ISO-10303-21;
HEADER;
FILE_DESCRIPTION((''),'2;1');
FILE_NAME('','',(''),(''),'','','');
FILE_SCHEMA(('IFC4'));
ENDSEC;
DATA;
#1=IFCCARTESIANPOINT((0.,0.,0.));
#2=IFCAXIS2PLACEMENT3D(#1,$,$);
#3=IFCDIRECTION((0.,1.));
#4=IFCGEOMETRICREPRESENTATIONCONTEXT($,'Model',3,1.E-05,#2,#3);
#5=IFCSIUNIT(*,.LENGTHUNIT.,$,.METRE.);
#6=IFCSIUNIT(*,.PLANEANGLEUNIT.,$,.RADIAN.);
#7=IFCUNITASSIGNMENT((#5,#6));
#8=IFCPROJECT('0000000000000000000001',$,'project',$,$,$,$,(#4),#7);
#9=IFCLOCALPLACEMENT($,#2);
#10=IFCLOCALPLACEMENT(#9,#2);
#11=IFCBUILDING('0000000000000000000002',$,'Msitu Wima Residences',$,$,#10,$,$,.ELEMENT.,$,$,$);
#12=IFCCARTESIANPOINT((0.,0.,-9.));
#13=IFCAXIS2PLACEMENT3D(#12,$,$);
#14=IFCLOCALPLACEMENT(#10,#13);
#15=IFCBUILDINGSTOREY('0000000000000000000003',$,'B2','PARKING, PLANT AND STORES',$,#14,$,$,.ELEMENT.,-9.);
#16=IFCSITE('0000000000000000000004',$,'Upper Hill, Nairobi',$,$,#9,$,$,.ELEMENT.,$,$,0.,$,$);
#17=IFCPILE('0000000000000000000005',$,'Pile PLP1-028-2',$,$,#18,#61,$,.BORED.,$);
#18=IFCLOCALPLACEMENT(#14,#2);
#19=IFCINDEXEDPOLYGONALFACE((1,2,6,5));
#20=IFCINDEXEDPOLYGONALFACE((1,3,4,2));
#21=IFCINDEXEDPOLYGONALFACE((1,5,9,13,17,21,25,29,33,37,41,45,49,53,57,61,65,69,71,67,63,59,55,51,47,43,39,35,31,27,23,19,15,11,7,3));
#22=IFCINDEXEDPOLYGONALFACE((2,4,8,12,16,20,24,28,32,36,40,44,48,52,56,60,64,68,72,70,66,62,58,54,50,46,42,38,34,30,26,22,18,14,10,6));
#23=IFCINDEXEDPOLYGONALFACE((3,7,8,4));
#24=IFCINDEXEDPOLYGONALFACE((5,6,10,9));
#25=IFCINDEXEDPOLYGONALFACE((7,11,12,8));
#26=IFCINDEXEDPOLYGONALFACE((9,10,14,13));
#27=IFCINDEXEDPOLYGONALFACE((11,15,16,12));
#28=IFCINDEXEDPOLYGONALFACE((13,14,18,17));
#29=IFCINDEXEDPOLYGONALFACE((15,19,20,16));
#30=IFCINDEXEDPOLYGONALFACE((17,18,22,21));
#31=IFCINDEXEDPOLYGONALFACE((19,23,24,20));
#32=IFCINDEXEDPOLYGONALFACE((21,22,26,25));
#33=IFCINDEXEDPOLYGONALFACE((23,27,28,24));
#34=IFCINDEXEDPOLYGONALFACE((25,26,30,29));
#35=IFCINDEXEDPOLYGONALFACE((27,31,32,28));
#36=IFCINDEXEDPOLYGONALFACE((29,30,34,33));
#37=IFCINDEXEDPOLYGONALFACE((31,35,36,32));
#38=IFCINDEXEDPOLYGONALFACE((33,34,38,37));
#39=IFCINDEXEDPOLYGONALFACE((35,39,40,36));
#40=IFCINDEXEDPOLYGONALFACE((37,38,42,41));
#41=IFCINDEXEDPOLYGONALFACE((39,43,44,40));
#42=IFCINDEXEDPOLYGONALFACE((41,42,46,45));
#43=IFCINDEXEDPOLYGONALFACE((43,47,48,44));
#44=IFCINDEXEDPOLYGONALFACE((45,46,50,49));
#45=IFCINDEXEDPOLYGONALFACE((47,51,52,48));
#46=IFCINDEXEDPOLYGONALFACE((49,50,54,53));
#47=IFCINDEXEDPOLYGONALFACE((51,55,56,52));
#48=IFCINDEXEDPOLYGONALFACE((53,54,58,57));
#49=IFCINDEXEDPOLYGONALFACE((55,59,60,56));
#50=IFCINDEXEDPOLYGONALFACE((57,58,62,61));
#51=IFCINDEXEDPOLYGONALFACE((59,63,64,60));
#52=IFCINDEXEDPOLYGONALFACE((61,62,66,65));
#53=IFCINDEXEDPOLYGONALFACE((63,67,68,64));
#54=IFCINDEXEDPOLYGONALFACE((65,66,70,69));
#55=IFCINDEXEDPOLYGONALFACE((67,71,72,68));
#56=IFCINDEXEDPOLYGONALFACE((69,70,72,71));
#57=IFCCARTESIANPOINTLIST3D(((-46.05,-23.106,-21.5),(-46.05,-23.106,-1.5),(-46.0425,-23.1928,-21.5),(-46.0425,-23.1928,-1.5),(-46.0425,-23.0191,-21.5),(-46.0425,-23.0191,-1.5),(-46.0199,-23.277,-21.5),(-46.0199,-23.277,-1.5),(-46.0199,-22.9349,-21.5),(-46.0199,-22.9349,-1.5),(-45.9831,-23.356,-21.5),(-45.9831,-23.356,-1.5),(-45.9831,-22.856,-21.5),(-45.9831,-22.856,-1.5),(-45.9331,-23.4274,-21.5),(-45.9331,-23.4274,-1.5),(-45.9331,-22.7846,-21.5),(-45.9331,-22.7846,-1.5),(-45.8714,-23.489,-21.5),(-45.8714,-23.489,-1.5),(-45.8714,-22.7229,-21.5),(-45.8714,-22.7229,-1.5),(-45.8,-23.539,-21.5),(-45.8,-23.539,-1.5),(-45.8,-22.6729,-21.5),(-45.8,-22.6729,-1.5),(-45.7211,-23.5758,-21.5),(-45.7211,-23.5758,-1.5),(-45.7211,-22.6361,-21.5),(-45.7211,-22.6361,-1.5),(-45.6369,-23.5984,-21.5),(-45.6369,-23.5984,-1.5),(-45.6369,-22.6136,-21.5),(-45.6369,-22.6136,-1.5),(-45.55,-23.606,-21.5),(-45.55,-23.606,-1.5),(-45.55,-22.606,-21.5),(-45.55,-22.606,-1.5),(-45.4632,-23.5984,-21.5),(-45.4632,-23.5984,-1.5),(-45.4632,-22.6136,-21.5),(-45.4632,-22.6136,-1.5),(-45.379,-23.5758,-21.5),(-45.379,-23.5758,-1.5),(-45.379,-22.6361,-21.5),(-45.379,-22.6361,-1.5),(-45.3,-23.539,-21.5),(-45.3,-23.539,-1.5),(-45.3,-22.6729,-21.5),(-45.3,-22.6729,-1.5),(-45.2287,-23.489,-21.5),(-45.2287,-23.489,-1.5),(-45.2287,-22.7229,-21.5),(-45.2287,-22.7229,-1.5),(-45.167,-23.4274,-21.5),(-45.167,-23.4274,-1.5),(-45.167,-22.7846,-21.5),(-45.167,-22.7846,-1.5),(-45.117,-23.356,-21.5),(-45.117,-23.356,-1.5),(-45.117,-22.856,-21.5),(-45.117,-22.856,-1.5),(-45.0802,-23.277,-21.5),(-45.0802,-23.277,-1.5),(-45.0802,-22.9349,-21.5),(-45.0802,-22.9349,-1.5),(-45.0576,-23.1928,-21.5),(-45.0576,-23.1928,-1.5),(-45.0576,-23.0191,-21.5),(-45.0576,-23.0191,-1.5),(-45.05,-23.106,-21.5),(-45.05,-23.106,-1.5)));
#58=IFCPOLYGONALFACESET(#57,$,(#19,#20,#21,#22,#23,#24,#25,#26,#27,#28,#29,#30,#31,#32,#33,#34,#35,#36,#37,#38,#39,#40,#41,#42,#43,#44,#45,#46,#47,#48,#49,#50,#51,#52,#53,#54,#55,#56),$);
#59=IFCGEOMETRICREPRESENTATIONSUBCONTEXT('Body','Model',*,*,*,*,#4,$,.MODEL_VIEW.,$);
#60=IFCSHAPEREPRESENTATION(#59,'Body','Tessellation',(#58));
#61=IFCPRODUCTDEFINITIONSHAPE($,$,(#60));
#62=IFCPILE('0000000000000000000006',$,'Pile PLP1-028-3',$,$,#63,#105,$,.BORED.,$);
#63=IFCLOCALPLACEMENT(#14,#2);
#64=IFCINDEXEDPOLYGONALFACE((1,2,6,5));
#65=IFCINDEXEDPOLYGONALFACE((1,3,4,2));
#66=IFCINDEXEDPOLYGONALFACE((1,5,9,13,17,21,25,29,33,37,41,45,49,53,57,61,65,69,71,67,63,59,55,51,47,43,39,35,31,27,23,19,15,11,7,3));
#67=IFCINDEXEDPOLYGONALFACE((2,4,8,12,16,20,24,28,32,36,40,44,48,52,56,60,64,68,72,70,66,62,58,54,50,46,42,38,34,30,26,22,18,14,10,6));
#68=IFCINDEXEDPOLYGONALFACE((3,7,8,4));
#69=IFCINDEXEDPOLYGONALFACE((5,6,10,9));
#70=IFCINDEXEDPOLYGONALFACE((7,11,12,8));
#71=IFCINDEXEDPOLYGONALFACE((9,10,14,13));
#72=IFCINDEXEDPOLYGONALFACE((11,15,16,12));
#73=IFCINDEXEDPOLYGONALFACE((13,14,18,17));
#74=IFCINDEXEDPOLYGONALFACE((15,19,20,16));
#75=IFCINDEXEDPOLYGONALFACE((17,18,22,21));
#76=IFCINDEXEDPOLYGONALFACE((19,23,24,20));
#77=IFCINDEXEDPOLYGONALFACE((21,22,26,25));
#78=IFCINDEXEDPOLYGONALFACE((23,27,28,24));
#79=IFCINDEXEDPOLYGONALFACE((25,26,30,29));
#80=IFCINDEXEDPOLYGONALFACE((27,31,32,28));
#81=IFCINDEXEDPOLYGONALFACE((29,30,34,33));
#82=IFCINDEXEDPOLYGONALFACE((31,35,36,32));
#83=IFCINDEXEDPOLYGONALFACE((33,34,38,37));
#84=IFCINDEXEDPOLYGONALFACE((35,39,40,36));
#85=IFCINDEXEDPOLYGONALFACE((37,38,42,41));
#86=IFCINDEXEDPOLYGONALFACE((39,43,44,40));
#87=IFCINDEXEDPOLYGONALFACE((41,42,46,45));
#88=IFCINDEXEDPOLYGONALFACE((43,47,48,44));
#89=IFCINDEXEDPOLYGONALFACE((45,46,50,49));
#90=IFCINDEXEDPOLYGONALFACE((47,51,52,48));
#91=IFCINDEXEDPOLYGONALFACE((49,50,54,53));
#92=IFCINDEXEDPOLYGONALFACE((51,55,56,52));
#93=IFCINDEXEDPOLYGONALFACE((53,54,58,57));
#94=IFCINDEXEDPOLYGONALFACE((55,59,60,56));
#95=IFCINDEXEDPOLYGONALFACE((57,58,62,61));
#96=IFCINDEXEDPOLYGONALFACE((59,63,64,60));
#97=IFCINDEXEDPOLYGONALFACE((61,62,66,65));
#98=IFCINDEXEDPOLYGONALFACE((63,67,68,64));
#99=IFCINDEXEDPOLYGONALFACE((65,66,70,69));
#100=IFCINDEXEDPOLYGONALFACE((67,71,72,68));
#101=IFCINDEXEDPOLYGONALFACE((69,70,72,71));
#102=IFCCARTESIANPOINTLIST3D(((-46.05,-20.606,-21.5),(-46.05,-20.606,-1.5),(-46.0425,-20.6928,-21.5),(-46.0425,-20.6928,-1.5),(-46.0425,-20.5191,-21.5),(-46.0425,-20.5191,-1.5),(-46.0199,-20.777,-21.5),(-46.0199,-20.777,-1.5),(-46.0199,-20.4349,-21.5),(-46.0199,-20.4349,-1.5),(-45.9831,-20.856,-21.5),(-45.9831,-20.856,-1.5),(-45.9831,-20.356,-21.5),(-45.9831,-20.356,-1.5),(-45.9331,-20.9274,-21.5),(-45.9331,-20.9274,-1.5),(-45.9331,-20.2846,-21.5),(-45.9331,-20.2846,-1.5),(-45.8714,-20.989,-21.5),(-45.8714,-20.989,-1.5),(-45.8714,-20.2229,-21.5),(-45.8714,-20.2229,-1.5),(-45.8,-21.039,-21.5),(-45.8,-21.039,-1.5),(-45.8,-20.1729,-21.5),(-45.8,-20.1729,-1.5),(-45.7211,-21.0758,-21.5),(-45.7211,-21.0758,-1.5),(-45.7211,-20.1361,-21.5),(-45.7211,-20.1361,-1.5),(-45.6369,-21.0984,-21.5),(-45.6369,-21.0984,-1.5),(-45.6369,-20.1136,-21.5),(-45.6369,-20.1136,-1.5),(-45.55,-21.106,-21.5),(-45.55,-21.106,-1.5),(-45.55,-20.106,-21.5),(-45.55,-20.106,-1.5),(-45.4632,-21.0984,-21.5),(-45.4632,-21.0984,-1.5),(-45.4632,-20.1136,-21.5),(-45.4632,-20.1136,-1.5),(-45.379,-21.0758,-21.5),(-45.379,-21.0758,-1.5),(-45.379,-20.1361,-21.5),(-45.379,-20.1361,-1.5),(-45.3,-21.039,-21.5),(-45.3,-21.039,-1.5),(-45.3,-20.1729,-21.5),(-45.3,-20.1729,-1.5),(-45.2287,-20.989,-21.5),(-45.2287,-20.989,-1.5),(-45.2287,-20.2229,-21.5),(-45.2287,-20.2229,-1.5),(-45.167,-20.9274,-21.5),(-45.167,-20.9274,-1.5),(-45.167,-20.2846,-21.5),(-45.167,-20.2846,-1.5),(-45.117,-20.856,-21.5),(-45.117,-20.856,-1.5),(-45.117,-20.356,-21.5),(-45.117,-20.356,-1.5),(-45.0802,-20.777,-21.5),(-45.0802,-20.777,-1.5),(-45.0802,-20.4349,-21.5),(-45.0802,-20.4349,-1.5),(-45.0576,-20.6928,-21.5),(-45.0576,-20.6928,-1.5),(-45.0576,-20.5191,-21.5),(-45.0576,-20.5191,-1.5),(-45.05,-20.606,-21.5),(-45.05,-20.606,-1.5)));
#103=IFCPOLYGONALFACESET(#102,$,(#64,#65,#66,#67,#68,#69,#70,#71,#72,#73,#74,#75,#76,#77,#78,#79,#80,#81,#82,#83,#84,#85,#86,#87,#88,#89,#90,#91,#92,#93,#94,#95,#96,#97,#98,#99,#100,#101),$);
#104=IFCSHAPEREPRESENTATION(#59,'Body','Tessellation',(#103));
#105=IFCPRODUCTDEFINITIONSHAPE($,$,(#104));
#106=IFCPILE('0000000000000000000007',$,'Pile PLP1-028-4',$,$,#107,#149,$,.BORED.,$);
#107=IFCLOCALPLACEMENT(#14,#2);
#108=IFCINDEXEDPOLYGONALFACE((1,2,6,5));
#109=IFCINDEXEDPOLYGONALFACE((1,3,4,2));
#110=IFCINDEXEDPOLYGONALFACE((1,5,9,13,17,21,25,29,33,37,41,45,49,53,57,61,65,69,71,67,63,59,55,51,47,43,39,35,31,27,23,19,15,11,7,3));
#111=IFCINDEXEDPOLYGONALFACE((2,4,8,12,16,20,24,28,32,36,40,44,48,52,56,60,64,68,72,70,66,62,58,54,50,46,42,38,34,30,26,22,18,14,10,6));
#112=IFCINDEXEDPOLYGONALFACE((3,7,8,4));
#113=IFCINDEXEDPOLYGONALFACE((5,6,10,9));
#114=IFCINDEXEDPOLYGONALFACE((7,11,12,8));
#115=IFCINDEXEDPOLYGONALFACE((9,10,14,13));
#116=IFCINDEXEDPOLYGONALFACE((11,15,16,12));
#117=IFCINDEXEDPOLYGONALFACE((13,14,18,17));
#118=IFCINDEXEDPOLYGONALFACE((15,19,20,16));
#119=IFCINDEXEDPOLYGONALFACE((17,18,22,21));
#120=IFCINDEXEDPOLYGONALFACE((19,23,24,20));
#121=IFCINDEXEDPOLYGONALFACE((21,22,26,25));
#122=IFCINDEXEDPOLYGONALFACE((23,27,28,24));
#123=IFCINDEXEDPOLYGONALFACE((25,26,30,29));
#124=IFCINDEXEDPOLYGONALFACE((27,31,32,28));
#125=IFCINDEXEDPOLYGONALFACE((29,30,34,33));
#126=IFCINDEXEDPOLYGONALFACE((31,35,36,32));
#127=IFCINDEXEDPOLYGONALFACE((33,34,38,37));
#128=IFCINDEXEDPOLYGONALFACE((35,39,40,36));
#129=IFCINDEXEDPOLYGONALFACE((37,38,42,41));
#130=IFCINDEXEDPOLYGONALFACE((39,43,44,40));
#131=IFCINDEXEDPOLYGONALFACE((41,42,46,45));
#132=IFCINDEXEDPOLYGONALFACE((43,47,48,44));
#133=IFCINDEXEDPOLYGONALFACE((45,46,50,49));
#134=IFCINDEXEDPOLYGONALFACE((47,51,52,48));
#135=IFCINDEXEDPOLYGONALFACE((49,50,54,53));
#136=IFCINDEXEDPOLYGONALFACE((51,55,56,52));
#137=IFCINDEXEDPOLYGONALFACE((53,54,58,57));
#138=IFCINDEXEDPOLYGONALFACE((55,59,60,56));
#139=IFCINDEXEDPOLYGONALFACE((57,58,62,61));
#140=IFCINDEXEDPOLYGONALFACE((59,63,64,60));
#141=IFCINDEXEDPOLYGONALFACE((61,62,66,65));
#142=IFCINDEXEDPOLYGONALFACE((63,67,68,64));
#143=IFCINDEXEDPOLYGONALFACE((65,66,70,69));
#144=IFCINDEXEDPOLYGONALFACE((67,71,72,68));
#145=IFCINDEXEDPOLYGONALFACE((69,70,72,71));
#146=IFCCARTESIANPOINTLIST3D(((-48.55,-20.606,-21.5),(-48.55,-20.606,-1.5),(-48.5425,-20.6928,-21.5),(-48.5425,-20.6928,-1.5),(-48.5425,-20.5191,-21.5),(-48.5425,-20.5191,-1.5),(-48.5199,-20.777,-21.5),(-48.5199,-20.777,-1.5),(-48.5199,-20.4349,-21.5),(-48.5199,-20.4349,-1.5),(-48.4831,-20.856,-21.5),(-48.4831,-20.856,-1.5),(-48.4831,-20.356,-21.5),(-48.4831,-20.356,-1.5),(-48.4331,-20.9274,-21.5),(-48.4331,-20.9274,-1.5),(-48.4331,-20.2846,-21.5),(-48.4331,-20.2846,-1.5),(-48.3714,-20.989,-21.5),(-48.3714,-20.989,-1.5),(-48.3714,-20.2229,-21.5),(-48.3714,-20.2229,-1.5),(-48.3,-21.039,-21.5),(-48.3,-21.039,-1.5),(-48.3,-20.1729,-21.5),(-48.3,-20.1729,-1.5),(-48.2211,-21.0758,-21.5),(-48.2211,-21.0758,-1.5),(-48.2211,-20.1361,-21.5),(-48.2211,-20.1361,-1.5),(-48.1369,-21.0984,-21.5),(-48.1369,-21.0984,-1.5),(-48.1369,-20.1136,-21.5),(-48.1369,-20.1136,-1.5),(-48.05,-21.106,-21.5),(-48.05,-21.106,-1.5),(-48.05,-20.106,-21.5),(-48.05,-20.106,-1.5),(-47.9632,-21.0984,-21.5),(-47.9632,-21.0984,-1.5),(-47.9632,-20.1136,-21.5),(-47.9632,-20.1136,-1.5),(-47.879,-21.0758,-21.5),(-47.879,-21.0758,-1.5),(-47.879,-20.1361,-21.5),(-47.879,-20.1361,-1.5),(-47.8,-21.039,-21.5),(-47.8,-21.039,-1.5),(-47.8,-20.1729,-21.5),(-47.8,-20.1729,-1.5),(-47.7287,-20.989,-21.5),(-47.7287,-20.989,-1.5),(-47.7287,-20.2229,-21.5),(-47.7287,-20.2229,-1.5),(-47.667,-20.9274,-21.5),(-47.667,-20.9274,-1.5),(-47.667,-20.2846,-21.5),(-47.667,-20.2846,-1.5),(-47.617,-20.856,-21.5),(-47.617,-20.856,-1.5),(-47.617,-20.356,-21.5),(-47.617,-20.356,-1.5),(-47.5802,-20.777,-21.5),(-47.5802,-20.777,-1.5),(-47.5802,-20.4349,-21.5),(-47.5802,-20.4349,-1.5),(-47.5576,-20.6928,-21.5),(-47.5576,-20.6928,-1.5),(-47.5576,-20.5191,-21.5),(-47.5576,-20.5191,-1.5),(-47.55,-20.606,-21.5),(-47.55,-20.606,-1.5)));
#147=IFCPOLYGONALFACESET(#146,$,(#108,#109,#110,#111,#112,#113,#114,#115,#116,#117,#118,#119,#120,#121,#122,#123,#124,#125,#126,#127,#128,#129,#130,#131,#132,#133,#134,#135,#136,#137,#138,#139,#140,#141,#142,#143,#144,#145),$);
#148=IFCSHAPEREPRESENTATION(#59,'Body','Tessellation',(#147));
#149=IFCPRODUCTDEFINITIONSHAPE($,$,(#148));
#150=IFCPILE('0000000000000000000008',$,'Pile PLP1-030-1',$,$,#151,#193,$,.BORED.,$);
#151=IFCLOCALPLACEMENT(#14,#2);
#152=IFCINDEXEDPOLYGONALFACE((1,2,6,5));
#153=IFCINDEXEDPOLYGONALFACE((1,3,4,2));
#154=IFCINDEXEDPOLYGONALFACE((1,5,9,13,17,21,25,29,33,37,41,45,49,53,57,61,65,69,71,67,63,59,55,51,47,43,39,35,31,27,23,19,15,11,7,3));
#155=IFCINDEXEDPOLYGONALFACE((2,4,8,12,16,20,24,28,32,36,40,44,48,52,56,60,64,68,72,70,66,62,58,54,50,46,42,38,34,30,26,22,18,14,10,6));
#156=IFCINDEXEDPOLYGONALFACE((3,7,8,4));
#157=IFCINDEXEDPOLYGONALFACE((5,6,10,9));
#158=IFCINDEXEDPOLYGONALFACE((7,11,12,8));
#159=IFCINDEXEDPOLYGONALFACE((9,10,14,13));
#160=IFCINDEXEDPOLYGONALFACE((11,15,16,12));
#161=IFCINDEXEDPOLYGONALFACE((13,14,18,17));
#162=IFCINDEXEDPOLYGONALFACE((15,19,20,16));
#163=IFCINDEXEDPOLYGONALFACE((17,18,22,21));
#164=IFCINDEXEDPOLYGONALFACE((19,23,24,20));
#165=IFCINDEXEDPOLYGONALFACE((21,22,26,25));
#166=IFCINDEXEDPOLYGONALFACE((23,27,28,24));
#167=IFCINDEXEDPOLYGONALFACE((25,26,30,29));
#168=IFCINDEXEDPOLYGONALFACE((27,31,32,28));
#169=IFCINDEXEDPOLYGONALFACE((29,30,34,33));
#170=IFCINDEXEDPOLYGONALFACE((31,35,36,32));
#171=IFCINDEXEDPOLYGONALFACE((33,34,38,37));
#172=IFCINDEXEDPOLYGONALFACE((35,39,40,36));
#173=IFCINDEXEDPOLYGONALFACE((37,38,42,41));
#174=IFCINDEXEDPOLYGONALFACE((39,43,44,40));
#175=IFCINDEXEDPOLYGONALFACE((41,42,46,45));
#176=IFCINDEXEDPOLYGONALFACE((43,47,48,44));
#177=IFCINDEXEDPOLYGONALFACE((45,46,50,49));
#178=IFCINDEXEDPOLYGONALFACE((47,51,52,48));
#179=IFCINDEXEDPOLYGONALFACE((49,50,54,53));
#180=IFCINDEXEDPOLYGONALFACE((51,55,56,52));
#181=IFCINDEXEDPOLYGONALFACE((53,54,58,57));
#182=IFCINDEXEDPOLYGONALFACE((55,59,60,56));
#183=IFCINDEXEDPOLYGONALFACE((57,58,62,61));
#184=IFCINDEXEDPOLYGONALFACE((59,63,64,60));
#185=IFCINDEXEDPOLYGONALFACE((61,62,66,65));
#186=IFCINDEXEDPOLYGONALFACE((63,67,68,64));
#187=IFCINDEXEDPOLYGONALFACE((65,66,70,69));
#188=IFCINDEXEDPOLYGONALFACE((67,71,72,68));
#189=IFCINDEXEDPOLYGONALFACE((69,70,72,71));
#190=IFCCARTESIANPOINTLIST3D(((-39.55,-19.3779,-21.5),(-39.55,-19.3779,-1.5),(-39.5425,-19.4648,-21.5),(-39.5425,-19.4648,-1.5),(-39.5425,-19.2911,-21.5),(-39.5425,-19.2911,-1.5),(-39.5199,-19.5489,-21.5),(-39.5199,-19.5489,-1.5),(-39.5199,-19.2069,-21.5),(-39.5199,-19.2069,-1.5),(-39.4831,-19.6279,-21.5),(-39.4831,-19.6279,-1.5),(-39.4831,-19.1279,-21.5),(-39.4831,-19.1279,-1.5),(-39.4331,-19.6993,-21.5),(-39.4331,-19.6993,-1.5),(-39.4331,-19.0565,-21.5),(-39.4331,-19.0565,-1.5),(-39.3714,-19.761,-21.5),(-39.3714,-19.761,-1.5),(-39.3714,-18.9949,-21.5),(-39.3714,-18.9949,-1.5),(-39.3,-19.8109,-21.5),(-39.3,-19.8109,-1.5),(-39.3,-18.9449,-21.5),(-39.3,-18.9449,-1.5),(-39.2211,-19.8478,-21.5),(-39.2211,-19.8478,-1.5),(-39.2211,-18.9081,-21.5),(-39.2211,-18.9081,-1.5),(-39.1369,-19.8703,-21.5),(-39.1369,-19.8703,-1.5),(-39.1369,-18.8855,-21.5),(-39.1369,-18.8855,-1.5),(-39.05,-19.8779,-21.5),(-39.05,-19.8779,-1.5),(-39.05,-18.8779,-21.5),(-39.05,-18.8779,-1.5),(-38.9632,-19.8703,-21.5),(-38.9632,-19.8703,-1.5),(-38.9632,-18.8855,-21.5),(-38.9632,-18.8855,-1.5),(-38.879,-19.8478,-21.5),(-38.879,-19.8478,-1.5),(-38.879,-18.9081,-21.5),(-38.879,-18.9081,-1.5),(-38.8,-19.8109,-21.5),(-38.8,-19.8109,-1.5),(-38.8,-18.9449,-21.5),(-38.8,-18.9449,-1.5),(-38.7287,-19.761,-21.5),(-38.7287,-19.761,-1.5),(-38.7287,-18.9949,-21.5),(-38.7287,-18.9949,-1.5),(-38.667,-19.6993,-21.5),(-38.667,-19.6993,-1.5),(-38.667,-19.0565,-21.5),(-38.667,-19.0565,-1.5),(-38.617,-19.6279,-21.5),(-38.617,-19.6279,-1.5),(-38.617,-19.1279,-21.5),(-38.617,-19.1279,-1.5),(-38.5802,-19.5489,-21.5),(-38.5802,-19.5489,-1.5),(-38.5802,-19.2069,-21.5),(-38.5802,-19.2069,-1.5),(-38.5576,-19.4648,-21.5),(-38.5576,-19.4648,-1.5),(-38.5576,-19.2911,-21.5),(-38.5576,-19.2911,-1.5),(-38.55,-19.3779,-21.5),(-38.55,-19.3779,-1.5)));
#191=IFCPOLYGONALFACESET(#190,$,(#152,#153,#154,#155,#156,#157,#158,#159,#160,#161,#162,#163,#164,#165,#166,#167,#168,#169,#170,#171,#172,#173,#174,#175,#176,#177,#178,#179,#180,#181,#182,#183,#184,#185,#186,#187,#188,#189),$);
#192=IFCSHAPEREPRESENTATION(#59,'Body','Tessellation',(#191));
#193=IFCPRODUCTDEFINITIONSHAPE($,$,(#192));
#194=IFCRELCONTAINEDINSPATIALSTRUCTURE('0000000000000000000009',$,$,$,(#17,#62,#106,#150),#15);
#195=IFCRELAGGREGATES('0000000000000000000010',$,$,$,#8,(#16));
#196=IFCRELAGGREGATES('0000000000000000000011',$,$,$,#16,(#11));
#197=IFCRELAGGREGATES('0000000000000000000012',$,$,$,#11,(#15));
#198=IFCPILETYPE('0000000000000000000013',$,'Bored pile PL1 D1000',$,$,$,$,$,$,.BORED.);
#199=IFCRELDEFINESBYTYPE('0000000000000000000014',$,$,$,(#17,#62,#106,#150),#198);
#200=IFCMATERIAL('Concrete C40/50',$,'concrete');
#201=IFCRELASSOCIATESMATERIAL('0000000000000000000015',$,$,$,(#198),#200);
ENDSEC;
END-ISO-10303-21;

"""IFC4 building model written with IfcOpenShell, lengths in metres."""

from ifc_helpers import new_model, si_unit, direction, frame, origin, origin_2d, place, context, subcontext, project, spatial, circle, extrude, material, type_object, element, save


model = new_model("IFC4")

# Units and contexts
model_context = context("Model", 3, precision=1e-05, world=origin(), true_north=direction((0.0, 1.0)))
body_context = subcontext(model_context, "Body", "Model", "MODEL_VIEW")
ifc_project = project(units=[si_unit("LENGTHUNIT", "METRE"), si_unit("PLANEANGLEUNIT", "RADIAN")], contexts=[model_context])

# Site, building, storey
site_placement = place(None, origin())
site = spatial("IfcSite", under=ifc_project, at=site_placement, Name="Upper Hill, Nairobi", CompositionType="ELEMENT", RefElevation=0.0)
building_placement = place(site_placement, origin())
building = spatial("IfcBuilding", under=site, at=building_placement, Name="Msitu Wima Residences", CompositionType="ELEMENT")
storey_placement = place(building_placement, frame((0.0, 0.0, -9.0)))
storey = spatial("IfcBuildingStorey", under=building, at=storey_placement, Name="B2", Description="PARKING, PLANT AND STORES", CompositionType="ELEMENT", Elevation=-9.0)

# Piles
ifc_material_1 = material(Name="Concrete C40/50", Category="concrete")
pile_type = type_object("IfcPileType", Name="Bored pile PL1 D1000", PredefinedType="BORED", material=ifc_material_1)
for number, where, z_axis, x_axis, name in (
    (1, (-45.55, -23.106, -1.5), (0.0, 0.0, -1.0), (1.0, 0.0, 0.0), "Pile PLP1-028-2"),
    (2, (-45.55, -20.606, -1.5), (0.0, 0.0, -1.0), (1.0, 0.0, 0.0), "Pile PLP1-028-3"),
    (3, (-48.05, -20.606, -1.5), (0.0, 0.0, -1.0), (1.0, 0.0, 0.0), "Pile PLP1-028-4"),
    (4, (-39.05, -19.3779, -1.5), (0.0, 0.0, -1.0), (1.0, 0.0, 0.0), "Pile PLP1-030-1"),
):
    element("IfcPile", number, at=place(storey_placement, frame(where, z_axis=z_axis, x_axis=x_axis)), inside=storey, type_object=pile_type, Name=name, PredefinedType="BORED", context=body_context, shape_type="SweptSolid", body=[
        extrude(circle(Radius=0.5, at=origin_2d()), origin(), (0.0, 0.0, 1.0), 20.0),
    ])

save(model, "model.ifc")
